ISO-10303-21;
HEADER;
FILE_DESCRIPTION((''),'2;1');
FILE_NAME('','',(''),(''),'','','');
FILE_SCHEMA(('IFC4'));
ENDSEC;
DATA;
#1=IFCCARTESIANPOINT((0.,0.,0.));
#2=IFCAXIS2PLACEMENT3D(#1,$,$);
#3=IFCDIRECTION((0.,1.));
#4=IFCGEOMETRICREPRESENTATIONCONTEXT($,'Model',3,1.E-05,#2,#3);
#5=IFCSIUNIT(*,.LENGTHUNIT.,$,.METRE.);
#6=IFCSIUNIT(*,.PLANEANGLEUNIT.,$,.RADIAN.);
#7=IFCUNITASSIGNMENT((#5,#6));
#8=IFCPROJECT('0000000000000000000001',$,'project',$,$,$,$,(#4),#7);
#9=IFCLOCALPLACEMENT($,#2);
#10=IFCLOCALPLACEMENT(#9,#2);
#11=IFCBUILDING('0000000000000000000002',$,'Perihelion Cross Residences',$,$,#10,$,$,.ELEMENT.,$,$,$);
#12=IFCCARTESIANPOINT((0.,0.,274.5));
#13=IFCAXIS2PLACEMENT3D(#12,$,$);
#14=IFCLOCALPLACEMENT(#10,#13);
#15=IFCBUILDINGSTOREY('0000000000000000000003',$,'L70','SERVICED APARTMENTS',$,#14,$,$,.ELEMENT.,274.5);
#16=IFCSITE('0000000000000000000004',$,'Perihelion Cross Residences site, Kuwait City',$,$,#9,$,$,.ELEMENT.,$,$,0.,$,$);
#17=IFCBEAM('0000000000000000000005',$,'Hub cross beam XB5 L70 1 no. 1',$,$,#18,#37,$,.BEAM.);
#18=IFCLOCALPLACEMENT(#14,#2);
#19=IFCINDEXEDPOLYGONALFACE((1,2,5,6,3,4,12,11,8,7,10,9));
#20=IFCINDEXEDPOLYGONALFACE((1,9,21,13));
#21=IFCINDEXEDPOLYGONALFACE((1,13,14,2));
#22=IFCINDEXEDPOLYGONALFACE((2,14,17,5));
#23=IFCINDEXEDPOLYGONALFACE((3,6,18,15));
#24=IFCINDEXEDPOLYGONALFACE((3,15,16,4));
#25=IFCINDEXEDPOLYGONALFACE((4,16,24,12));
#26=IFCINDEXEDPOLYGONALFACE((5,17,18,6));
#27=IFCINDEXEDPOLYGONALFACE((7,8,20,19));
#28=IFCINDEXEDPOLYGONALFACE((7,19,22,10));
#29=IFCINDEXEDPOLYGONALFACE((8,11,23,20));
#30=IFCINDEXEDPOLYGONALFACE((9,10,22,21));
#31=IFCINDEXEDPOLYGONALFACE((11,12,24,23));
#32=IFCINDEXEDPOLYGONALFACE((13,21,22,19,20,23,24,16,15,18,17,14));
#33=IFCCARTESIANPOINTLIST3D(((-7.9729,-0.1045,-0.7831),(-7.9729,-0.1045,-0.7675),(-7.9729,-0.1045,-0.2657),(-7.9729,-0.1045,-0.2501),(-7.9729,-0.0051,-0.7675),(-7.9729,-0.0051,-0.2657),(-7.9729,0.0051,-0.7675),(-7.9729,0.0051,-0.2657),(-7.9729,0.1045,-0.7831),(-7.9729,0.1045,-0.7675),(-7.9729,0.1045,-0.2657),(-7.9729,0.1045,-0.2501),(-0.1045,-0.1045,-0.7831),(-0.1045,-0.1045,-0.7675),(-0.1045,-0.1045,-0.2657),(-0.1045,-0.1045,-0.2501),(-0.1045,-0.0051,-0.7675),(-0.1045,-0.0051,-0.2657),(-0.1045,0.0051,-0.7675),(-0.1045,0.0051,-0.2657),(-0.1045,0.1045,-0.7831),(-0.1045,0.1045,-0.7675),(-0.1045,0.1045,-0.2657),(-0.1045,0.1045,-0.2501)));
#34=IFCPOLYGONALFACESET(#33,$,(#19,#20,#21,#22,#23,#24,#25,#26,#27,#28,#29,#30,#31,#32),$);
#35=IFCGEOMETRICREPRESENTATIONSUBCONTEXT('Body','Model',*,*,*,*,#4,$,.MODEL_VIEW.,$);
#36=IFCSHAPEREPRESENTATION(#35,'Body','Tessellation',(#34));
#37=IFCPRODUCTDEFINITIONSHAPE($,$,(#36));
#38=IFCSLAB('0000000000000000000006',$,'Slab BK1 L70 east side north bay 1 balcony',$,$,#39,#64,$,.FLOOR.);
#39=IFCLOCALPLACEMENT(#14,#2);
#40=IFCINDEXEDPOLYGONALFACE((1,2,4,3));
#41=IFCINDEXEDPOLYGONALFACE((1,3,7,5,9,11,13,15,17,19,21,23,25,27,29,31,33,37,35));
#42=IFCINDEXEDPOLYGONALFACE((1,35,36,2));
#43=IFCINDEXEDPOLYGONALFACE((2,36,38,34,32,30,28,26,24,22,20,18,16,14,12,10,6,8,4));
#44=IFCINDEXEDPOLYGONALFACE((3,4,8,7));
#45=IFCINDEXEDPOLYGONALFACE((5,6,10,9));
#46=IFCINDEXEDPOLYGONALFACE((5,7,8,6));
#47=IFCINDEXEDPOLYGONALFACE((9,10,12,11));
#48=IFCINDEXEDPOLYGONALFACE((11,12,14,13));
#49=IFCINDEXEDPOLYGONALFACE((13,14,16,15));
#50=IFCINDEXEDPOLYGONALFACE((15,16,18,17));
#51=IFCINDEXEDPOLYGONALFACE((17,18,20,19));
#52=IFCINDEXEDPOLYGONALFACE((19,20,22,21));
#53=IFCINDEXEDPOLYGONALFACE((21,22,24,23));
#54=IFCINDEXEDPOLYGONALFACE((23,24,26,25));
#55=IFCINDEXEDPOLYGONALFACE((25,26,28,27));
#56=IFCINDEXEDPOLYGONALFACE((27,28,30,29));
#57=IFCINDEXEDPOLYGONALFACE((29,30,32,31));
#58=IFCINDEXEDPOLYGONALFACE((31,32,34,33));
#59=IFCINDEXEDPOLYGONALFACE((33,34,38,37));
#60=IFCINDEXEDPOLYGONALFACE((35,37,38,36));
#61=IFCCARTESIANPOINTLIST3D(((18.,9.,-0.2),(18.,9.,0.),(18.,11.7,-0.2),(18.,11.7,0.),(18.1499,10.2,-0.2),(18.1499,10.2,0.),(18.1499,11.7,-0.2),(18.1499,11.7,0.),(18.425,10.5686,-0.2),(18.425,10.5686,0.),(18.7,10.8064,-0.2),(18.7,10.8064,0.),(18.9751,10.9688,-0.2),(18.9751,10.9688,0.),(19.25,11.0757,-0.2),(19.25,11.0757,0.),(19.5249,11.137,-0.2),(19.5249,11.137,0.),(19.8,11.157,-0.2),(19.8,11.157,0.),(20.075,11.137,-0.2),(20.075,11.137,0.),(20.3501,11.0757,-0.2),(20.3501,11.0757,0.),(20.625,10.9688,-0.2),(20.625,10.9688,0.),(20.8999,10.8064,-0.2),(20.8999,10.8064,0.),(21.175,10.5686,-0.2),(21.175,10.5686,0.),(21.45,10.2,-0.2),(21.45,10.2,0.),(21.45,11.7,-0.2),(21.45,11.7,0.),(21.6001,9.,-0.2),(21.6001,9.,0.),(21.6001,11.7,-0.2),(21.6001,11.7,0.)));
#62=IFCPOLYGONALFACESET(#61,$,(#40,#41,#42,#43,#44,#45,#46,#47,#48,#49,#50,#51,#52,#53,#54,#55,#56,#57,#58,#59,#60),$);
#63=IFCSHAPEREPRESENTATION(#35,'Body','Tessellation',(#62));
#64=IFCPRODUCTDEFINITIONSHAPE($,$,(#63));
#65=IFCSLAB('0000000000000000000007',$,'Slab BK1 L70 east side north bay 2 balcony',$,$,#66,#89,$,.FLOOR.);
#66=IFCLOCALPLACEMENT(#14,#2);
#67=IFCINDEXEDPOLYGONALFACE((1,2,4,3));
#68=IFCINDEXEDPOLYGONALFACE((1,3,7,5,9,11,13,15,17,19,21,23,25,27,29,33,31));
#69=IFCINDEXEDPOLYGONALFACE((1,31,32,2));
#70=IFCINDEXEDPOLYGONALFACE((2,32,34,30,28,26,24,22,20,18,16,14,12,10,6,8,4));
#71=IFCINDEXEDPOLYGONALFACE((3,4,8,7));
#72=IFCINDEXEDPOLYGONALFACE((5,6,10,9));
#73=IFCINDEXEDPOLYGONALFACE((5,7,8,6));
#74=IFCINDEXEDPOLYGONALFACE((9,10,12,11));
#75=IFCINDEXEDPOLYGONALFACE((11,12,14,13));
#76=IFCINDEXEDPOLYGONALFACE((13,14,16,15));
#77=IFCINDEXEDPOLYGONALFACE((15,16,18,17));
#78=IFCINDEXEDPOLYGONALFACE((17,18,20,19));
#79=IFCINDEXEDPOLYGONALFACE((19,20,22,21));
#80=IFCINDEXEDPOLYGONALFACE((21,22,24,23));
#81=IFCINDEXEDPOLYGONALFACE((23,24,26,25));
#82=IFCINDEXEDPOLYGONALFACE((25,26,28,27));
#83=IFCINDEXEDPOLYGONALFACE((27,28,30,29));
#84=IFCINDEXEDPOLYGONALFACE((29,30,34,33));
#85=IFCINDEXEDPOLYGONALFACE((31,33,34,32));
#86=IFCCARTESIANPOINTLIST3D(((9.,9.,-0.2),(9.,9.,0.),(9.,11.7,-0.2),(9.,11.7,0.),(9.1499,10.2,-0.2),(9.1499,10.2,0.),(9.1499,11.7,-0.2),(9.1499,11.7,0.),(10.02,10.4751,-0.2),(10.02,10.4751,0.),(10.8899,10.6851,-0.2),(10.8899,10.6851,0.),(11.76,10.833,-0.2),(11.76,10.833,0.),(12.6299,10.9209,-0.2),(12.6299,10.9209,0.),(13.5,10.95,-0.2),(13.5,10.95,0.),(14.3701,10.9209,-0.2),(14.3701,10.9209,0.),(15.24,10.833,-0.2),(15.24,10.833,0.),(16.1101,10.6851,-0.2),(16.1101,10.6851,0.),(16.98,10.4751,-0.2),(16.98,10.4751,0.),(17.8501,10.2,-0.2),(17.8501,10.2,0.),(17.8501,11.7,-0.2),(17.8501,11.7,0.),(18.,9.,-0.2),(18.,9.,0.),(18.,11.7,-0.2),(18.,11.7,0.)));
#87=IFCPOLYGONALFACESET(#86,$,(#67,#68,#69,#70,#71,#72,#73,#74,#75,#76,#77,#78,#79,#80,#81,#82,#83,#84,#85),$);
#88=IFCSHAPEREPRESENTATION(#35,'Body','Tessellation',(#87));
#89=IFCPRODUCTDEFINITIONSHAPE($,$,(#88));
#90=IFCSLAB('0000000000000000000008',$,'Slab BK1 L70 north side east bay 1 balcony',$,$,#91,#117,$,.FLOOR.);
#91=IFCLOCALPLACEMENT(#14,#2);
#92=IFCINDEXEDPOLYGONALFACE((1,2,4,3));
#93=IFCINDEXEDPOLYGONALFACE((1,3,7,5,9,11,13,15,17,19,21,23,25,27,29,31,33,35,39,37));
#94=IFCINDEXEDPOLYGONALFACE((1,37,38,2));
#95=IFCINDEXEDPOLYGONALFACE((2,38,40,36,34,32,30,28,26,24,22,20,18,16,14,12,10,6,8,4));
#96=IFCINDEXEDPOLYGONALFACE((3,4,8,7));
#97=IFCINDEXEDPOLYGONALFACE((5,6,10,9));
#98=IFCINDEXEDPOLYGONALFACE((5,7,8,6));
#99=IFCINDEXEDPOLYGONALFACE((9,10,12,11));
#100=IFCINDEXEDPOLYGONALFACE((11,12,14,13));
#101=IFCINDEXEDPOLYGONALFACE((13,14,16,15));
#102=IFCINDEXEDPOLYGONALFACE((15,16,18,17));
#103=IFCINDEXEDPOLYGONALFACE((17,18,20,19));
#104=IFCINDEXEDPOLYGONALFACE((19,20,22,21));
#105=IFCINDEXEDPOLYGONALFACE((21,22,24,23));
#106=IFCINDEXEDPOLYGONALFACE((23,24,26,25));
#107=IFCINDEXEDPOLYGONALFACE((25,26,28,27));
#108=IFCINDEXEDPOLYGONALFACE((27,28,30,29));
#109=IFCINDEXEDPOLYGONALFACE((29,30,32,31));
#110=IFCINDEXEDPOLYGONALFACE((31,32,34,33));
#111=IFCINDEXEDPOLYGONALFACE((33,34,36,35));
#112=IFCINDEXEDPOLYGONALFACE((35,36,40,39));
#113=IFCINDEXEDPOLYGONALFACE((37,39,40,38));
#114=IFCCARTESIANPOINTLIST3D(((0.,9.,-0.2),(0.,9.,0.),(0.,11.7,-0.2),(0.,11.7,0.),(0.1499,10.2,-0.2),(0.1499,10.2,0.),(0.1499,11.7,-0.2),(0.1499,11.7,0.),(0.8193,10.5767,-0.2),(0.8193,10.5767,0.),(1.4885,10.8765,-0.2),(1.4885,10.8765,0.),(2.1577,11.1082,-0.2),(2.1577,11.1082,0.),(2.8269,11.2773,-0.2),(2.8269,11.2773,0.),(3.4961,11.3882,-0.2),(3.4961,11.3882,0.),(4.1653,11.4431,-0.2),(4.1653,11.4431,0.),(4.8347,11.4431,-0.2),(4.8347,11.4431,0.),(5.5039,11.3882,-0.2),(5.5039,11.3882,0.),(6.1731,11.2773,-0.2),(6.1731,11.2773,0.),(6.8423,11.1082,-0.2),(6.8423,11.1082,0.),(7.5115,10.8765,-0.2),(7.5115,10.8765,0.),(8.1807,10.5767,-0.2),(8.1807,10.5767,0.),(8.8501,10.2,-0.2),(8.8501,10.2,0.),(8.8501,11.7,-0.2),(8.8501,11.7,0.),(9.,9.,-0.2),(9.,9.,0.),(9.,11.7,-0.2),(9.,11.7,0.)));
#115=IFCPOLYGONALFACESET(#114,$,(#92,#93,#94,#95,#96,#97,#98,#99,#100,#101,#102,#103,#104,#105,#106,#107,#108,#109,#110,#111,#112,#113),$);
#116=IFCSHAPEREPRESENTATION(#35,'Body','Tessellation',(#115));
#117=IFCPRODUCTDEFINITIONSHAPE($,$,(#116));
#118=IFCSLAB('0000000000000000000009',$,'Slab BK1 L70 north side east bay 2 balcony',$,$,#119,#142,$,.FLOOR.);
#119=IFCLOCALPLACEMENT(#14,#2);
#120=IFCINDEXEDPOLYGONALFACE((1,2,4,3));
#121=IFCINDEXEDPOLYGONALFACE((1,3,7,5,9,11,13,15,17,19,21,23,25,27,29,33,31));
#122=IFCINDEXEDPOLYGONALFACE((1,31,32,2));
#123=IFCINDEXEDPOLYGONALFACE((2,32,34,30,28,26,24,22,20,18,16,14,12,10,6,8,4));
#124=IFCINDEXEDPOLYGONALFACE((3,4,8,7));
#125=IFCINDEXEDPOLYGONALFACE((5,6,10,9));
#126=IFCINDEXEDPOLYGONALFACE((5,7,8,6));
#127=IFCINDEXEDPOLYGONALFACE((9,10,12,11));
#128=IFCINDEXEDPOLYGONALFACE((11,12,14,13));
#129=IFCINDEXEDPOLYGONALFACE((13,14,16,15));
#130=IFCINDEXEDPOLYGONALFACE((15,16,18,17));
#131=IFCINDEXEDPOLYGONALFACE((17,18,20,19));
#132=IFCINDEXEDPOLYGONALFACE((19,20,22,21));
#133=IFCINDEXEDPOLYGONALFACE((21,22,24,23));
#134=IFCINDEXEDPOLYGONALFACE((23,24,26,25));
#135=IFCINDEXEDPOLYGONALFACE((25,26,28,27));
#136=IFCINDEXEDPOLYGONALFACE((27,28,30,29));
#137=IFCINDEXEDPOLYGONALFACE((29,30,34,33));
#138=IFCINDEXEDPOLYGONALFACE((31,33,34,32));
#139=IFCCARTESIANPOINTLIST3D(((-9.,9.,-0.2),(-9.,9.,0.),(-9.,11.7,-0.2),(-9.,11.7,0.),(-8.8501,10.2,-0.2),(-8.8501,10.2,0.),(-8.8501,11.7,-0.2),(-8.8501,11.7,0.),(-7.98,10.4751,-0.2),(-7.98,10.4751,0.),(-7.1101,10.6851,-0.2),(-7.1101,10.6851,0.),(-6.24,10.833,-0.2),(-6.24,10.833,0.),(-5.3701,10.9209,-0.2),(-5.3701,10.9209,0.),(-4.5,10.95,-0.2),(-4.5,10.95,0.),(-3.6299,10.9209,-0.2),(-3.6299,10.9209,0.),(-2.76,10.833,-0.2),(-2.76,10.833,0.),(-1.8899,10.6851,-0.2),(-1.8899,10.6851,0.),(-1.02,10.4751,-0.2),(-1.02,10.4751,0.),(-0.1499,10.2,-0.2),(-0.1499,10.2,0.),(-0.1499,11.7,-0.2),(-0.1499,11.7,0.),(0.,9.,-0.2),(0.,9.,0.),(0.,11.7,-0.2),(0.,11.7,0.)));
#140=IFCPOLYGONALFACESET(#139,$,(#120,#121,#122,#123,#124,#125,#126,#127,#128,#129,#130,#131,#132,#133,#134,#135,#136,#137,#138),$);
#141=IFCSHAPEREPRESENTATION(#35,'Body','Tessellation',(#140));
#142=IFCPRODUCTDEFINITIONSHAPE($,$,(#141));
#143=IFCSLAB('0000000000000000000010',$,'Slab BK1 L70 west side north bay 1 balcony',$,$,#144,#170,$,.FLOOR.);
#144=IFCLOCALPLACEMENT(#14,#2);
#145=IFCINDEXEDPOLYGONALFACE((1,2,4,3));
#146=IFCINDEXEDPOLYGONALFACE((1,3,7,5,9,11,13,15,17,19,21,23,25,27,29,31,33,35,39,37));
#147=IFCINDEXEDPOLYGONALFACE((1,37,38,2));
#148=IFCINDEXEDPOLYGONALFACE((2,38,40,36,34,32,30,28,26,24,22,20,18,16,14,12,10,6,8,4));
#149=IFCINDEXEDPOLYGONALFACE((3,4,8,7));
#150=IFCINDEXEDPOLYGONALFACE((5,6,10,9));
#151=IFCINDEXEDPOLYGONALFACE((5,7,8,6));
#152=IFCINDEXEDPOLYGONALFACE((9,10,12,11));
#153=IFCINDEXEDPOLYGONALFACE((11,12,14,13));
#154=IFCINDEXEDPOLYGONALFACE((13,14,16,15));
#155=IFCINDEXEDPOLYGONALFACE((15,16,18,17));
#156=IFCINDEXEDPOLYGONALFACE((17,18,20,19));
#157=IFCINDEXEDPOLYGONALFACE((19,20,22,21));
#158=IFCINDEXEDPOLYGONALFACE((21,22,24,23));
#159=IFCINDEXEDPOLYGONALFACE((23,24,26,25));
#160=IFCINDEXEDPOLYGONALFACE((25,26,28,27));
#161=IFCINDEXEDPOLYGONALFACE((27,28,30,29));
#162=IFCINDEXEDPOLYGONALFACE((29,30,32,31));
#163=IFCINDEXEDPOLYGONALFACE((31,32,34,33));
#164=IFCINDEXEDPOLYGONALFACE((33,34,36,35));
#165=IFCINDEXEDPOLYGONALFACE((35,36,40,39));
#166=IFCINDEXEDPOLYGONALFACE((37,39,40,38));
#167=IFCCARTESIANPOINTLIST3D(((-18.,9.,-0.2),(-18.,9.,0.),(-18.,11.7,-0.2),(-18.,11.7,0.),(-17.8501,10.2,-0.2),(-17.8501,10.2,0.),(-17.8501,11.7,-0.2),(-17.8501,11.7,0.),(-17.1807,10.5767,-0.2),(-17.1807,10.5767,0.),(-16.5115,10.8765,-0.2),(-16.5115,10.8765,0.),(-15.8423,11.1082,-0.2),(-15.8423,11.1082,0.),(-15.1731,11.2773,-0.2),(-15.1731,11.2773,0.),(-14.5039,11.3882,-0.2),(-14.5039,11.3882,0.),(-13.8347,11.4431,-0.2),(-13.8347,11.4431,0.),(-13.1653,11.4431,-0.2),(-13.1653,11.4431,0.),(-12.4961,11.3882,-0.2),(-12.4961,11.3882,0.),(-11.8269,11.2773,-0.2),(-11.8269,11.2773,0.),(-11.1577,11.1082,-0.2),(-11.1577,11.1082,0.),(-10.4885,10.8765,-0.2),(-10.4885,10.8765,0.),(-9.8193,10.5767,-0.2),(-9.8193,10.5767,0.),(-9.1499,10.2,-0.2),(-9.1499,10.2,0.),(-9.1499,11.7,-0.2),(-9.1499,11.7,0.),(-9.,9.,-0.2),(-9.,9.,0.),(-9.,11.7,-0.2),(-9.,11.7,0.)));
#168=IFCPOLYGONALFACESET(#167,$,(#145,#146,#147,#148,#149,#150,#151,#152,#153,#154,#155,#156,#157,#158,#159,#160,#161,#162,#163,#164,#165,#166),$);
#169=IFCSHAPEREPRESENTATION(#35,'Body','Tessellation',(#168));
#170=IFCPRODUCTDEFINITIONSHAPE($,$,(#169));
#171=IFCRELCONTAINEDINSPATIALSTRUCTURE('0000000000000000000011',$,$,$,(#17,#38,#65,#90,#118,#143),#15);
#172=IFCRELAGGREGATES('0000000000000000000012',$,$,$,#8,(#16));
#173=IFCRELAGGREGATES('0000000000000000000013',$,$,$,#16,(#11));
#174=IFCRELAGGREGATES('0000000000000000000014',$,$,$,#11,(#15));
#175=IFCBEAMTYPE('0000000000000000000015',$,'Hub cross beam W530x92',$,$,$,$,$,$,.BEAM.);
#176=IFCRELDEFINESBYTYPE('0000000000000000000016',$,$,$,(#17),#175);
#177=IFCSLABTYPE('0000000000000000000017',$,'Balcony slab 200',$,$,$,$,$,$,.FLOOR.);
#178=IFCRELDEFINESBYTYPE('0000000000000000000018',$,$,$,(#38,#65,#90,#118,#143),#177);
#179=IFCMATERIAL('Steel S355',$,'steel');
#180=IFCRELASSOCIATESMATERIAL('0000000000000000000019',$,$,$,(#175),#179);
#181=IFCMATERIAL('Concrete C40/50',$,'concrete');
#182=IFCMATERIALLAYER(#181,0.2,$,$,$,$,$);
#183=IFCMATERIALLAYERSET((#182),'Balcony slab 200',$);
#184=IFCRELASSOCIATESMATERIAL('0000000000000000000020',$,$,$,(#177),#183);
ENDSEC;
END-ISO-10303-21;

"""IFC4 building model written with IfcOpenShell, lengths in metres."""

from ifc_helpers import new_model, si_unit, direction, frame, origin, origin_2d, place, context, subcontext, project, spatial, polyline, i_section, outline, extrude, material, layer, layer_set, material_profile, profile_set, type_object, element, save


model = new_model("IFC4")

# Units and contexts
model_context = context("Model", 3, precision=1e-05, world=origin(), true_north=direction((0.0, 1.0)))
body_context = subcontext(model_context, "Body", "Model", "MODEL_VIEW")
ifc_project = project(units=[si_unit("LENGTHUNIT", "METRE"), si_unit("PLANEANGLEUNIT", "RADIAN")], contexts=[model_context])

# Site, building, storey
site_placement = place(None, origin())
site = spatial("IfcSite", under=ifc_project, at=site_placement, Name="Perihelion Cross Residences site, Kuwait City", CompositionType="ELEMENT", RefElevation=0.0)
building_placement = place(site_placement, origin())
building = spatial("IfcBuilding", under=site, at=building_placement, Name="Perihelion Cross Residences", CompositionType="ELEMENT")
storey_placement = place(building_placement, frame((0.0, 0.0, 274.5)))
storey = spatial("IfcBuildingStorey", under=building, at=storey_placement, Name="L70", Description="SERVICED APARTMENTS", CompositionType="ELEMENT", Elevation=274.5)

# Beam
ifc_material_1 = material(Name="Steel S355", Category="steel")
ifc_material_profile = material_profile(ifc_material_1, i_section(OverallWidth=0.209, OverallDepth=0.533, WebThickness=0.0103, FlangeThickness=0.0156, at=origin_2d()), Name="W530x92")
ifc_profile_set = profile_set([ifc_material_profile], Name="Steel S355")
beam_type = type_object("IfcBeamType", Name="Hub cross beam W530x92", PredefinedType="BEAM", material=ifc_profile_set)
beam_placement = place(storey_placement, frame((-7.9729, 0.0, -0.5166), z_axis=(1.0, 0.0, 0.0), x_axis=(0.0, 1.0, 0.0)))
element("IfcBeam", 1, at=beam_placement, inside=storey, type_object=beam_type, Name="Hub cross beam XB5 L70 1 no. 1", PredefinedType="BEAM", context=body_context, shape_type="SweptSolid", body=[
    extrude(i_section(OverallWidth=0.209, OverallDepth=0.533, WebThickness=0.0103, FlangeThickness=0.0156, at=origin_2d()), origin(), (0.0, 0.0, 1.0), 7.8684),
])

# Slabs
ifc_material_2 = material(Name="Concrete C40/50", Category="concrete")
ifc_layer_1 = layer(ifc_material_2, 0.2)
ifc_layer_set_1 = layer_set([ifc_layer_1], Name="Balcony slab 200")
slab_type_1 = type_object("IfcSlabType", Name="Balcony slab 200", PredefinedType="FLOOR", material=ifc_layer_set_1)
slab_1_placement = place(storey_placement, frame((0.0, 0.0, -0.2)))
element("IfcSlab", 2, at=slab_1_placement, inside=storey, type_object=slab_type_1, Name="Slab BK1 L70 east side north bay 1 balcony", PredefinedType="FLOOR", context=body_context, shape_type="SweptSolid", body=[
    extrude(outline(polyline([(21.6001, 9.0), (18.0, 9.0), (18.0, 11.7), (18.1499, 11.7), (18.1499, 10.2), (18.425, 10.5686), (18.7, 10.8064), (18.9751, 10.9688), (19.25, 11.0757), (19.5249, 11.137), (19.8, 11.157), (20.075, 11.137), (20.3501, 11.0757), (20.625, 10.9688), (20.8999, 10.8064), (21.175, 10.5686), (21.45, 10.2), (21.45, 11.7), (21.6001, 11.7), (21.6001, 9.0)])), origin(), (0.0, 0.0, 1.0), 0.2),
])
slab_2_placement = place(storey_placement, frame((0.0, 0.0, -0.2)))
element("IfcSlab", 3, at=slab_2_placement, inside=storey, type_object=slab_type_1, Name="Slab BK1 L70 east side north bay 2 balcony", PredefinedType="FLOOR", context=body_context, shape_type="SweptSolid", body=[
    extrude(outline(polyline([(18.0, 9.0), (9.0, 9.0), (9.0, 11.7), (9.1499, 11.7), (9.1499, 10.2), (10.02, 10.4751), (10.8899, 10.6851), (11.76, 10.833), (12.6299, 10.9209), (13.5, 10.95), (14.3701, 10.9209), (15.24, 10.833), (16.1101, 10.6851), (16.98, 10.4751), (17.8501, 10.2), (17.8501, 11.7), (18.0, 11.7), (18.0, 9.0)])), origin(), (0.0, 0.0, 1.0), 0.2),
])
slab_3_placement = place(storey_placement, frame((0.0, 0.0, -0.2)))
element("IfcSlab", 4, at=slab_3_placement, inside=storey, type_object=slab_type_1, Name="Slab BK1 L70 north side east bay 1 balcony", PredefinedType="FLOOR", context=body_context, shape_type="SweptSolid", body=[
    extrude(outline(polyline([(9.0, 9.0), (0.0, 9.0), (0.0, 11.7), (0.1499, 11.7), (0.1499, 10.2), (0.8193, 10.5767), (1.4885, 10.8765), (2.1577, 11.1082), (2.8269, 11.2773), (3.4961, 11.3882), (4.1653, 11.4431), (4.8347, 11.4431), (5.5039, 11.3882), (6.1731, 11.2773), (6.8423, 11.1082), (7.5115, 10.8765), (8.1807, 10.5767), (8.8501, 10.2), (8.8501, 11.7), (9.0, 11.7), (9.0, 9.0)])), origin(), (0.0, 0.0, 1.0), 0.2),
])
slab_4_placement = place(storey_placement, frame((0.0, 0.0, -0.2)))
element("IfcSlab", 5, at=slab_4_placement, inside=storey, type_object=slab_type_1, Name="Slab BK1 L70 north side east bay 2 balcony", PredefinedType="FLOOR", context=body_context, shape_type="SweptSolid", body=[
    extrude(outline(polyline([(0.0, 9.0), (-9.0, 9.0), (-9.0, 11.7), (-8.8501, 11.7), (-8.8501, 10.2), (-7.98, 10.4751), (-7.1101, 10.6851), (-6.24, 10.833), (-5.3701, 10.9209), (-4.5, 10.95), (-3.6299, 10.9209), (-2.76, 10.833), (-1.8899, 10.6851), (-1.02, 10.4751), (-0.1499, 10.2), (-0.1499, 11.7), (0.0, 11.7), (0.0, 9.0)])), origin(), (0.0, 0.0, 1.0), 0.2),
])
slab_5_placement = place(storey_placement, frame((0.0, 0.0, -0.2)))
element("IfcSlab", 6, at=slab_5_placement, inside=storey, type_object=slab_type_1, Name="Slab BK1 L70 west side north bay 1 balcony", PredefinedType="FLOOR", context=body_context, shape_type="SweptSolid", body=[
    extrude(outline(polyline([(-9.0, 9.0), (-18.0, 9.0), (-18.0, 11.7), (-17.8501, 11.7), (-17.8501, 10.2), (-17.1807, 10.5767), (-16.5115, 10.8765), (-15.8423, 11.1082), (-15.1731, 11.2773), (-14.5039, 11.3882), (-13.8347, 11.4431), (-13.1653, 11.4431), (-12.4961, 11.3882), (-11.8269, 11.2773), (-11.1577, 11.1082), (-10.4885, 10.8765), (-9.8193, 10.5767), (-9.1499, 10.2), (-9.1499, 11.7), (-9.0, 11.7), (-9.0, 9.0)])), origin(), (0.0, 0.0, 1.0), 0.2),
])

save(model, "model.ifc")
